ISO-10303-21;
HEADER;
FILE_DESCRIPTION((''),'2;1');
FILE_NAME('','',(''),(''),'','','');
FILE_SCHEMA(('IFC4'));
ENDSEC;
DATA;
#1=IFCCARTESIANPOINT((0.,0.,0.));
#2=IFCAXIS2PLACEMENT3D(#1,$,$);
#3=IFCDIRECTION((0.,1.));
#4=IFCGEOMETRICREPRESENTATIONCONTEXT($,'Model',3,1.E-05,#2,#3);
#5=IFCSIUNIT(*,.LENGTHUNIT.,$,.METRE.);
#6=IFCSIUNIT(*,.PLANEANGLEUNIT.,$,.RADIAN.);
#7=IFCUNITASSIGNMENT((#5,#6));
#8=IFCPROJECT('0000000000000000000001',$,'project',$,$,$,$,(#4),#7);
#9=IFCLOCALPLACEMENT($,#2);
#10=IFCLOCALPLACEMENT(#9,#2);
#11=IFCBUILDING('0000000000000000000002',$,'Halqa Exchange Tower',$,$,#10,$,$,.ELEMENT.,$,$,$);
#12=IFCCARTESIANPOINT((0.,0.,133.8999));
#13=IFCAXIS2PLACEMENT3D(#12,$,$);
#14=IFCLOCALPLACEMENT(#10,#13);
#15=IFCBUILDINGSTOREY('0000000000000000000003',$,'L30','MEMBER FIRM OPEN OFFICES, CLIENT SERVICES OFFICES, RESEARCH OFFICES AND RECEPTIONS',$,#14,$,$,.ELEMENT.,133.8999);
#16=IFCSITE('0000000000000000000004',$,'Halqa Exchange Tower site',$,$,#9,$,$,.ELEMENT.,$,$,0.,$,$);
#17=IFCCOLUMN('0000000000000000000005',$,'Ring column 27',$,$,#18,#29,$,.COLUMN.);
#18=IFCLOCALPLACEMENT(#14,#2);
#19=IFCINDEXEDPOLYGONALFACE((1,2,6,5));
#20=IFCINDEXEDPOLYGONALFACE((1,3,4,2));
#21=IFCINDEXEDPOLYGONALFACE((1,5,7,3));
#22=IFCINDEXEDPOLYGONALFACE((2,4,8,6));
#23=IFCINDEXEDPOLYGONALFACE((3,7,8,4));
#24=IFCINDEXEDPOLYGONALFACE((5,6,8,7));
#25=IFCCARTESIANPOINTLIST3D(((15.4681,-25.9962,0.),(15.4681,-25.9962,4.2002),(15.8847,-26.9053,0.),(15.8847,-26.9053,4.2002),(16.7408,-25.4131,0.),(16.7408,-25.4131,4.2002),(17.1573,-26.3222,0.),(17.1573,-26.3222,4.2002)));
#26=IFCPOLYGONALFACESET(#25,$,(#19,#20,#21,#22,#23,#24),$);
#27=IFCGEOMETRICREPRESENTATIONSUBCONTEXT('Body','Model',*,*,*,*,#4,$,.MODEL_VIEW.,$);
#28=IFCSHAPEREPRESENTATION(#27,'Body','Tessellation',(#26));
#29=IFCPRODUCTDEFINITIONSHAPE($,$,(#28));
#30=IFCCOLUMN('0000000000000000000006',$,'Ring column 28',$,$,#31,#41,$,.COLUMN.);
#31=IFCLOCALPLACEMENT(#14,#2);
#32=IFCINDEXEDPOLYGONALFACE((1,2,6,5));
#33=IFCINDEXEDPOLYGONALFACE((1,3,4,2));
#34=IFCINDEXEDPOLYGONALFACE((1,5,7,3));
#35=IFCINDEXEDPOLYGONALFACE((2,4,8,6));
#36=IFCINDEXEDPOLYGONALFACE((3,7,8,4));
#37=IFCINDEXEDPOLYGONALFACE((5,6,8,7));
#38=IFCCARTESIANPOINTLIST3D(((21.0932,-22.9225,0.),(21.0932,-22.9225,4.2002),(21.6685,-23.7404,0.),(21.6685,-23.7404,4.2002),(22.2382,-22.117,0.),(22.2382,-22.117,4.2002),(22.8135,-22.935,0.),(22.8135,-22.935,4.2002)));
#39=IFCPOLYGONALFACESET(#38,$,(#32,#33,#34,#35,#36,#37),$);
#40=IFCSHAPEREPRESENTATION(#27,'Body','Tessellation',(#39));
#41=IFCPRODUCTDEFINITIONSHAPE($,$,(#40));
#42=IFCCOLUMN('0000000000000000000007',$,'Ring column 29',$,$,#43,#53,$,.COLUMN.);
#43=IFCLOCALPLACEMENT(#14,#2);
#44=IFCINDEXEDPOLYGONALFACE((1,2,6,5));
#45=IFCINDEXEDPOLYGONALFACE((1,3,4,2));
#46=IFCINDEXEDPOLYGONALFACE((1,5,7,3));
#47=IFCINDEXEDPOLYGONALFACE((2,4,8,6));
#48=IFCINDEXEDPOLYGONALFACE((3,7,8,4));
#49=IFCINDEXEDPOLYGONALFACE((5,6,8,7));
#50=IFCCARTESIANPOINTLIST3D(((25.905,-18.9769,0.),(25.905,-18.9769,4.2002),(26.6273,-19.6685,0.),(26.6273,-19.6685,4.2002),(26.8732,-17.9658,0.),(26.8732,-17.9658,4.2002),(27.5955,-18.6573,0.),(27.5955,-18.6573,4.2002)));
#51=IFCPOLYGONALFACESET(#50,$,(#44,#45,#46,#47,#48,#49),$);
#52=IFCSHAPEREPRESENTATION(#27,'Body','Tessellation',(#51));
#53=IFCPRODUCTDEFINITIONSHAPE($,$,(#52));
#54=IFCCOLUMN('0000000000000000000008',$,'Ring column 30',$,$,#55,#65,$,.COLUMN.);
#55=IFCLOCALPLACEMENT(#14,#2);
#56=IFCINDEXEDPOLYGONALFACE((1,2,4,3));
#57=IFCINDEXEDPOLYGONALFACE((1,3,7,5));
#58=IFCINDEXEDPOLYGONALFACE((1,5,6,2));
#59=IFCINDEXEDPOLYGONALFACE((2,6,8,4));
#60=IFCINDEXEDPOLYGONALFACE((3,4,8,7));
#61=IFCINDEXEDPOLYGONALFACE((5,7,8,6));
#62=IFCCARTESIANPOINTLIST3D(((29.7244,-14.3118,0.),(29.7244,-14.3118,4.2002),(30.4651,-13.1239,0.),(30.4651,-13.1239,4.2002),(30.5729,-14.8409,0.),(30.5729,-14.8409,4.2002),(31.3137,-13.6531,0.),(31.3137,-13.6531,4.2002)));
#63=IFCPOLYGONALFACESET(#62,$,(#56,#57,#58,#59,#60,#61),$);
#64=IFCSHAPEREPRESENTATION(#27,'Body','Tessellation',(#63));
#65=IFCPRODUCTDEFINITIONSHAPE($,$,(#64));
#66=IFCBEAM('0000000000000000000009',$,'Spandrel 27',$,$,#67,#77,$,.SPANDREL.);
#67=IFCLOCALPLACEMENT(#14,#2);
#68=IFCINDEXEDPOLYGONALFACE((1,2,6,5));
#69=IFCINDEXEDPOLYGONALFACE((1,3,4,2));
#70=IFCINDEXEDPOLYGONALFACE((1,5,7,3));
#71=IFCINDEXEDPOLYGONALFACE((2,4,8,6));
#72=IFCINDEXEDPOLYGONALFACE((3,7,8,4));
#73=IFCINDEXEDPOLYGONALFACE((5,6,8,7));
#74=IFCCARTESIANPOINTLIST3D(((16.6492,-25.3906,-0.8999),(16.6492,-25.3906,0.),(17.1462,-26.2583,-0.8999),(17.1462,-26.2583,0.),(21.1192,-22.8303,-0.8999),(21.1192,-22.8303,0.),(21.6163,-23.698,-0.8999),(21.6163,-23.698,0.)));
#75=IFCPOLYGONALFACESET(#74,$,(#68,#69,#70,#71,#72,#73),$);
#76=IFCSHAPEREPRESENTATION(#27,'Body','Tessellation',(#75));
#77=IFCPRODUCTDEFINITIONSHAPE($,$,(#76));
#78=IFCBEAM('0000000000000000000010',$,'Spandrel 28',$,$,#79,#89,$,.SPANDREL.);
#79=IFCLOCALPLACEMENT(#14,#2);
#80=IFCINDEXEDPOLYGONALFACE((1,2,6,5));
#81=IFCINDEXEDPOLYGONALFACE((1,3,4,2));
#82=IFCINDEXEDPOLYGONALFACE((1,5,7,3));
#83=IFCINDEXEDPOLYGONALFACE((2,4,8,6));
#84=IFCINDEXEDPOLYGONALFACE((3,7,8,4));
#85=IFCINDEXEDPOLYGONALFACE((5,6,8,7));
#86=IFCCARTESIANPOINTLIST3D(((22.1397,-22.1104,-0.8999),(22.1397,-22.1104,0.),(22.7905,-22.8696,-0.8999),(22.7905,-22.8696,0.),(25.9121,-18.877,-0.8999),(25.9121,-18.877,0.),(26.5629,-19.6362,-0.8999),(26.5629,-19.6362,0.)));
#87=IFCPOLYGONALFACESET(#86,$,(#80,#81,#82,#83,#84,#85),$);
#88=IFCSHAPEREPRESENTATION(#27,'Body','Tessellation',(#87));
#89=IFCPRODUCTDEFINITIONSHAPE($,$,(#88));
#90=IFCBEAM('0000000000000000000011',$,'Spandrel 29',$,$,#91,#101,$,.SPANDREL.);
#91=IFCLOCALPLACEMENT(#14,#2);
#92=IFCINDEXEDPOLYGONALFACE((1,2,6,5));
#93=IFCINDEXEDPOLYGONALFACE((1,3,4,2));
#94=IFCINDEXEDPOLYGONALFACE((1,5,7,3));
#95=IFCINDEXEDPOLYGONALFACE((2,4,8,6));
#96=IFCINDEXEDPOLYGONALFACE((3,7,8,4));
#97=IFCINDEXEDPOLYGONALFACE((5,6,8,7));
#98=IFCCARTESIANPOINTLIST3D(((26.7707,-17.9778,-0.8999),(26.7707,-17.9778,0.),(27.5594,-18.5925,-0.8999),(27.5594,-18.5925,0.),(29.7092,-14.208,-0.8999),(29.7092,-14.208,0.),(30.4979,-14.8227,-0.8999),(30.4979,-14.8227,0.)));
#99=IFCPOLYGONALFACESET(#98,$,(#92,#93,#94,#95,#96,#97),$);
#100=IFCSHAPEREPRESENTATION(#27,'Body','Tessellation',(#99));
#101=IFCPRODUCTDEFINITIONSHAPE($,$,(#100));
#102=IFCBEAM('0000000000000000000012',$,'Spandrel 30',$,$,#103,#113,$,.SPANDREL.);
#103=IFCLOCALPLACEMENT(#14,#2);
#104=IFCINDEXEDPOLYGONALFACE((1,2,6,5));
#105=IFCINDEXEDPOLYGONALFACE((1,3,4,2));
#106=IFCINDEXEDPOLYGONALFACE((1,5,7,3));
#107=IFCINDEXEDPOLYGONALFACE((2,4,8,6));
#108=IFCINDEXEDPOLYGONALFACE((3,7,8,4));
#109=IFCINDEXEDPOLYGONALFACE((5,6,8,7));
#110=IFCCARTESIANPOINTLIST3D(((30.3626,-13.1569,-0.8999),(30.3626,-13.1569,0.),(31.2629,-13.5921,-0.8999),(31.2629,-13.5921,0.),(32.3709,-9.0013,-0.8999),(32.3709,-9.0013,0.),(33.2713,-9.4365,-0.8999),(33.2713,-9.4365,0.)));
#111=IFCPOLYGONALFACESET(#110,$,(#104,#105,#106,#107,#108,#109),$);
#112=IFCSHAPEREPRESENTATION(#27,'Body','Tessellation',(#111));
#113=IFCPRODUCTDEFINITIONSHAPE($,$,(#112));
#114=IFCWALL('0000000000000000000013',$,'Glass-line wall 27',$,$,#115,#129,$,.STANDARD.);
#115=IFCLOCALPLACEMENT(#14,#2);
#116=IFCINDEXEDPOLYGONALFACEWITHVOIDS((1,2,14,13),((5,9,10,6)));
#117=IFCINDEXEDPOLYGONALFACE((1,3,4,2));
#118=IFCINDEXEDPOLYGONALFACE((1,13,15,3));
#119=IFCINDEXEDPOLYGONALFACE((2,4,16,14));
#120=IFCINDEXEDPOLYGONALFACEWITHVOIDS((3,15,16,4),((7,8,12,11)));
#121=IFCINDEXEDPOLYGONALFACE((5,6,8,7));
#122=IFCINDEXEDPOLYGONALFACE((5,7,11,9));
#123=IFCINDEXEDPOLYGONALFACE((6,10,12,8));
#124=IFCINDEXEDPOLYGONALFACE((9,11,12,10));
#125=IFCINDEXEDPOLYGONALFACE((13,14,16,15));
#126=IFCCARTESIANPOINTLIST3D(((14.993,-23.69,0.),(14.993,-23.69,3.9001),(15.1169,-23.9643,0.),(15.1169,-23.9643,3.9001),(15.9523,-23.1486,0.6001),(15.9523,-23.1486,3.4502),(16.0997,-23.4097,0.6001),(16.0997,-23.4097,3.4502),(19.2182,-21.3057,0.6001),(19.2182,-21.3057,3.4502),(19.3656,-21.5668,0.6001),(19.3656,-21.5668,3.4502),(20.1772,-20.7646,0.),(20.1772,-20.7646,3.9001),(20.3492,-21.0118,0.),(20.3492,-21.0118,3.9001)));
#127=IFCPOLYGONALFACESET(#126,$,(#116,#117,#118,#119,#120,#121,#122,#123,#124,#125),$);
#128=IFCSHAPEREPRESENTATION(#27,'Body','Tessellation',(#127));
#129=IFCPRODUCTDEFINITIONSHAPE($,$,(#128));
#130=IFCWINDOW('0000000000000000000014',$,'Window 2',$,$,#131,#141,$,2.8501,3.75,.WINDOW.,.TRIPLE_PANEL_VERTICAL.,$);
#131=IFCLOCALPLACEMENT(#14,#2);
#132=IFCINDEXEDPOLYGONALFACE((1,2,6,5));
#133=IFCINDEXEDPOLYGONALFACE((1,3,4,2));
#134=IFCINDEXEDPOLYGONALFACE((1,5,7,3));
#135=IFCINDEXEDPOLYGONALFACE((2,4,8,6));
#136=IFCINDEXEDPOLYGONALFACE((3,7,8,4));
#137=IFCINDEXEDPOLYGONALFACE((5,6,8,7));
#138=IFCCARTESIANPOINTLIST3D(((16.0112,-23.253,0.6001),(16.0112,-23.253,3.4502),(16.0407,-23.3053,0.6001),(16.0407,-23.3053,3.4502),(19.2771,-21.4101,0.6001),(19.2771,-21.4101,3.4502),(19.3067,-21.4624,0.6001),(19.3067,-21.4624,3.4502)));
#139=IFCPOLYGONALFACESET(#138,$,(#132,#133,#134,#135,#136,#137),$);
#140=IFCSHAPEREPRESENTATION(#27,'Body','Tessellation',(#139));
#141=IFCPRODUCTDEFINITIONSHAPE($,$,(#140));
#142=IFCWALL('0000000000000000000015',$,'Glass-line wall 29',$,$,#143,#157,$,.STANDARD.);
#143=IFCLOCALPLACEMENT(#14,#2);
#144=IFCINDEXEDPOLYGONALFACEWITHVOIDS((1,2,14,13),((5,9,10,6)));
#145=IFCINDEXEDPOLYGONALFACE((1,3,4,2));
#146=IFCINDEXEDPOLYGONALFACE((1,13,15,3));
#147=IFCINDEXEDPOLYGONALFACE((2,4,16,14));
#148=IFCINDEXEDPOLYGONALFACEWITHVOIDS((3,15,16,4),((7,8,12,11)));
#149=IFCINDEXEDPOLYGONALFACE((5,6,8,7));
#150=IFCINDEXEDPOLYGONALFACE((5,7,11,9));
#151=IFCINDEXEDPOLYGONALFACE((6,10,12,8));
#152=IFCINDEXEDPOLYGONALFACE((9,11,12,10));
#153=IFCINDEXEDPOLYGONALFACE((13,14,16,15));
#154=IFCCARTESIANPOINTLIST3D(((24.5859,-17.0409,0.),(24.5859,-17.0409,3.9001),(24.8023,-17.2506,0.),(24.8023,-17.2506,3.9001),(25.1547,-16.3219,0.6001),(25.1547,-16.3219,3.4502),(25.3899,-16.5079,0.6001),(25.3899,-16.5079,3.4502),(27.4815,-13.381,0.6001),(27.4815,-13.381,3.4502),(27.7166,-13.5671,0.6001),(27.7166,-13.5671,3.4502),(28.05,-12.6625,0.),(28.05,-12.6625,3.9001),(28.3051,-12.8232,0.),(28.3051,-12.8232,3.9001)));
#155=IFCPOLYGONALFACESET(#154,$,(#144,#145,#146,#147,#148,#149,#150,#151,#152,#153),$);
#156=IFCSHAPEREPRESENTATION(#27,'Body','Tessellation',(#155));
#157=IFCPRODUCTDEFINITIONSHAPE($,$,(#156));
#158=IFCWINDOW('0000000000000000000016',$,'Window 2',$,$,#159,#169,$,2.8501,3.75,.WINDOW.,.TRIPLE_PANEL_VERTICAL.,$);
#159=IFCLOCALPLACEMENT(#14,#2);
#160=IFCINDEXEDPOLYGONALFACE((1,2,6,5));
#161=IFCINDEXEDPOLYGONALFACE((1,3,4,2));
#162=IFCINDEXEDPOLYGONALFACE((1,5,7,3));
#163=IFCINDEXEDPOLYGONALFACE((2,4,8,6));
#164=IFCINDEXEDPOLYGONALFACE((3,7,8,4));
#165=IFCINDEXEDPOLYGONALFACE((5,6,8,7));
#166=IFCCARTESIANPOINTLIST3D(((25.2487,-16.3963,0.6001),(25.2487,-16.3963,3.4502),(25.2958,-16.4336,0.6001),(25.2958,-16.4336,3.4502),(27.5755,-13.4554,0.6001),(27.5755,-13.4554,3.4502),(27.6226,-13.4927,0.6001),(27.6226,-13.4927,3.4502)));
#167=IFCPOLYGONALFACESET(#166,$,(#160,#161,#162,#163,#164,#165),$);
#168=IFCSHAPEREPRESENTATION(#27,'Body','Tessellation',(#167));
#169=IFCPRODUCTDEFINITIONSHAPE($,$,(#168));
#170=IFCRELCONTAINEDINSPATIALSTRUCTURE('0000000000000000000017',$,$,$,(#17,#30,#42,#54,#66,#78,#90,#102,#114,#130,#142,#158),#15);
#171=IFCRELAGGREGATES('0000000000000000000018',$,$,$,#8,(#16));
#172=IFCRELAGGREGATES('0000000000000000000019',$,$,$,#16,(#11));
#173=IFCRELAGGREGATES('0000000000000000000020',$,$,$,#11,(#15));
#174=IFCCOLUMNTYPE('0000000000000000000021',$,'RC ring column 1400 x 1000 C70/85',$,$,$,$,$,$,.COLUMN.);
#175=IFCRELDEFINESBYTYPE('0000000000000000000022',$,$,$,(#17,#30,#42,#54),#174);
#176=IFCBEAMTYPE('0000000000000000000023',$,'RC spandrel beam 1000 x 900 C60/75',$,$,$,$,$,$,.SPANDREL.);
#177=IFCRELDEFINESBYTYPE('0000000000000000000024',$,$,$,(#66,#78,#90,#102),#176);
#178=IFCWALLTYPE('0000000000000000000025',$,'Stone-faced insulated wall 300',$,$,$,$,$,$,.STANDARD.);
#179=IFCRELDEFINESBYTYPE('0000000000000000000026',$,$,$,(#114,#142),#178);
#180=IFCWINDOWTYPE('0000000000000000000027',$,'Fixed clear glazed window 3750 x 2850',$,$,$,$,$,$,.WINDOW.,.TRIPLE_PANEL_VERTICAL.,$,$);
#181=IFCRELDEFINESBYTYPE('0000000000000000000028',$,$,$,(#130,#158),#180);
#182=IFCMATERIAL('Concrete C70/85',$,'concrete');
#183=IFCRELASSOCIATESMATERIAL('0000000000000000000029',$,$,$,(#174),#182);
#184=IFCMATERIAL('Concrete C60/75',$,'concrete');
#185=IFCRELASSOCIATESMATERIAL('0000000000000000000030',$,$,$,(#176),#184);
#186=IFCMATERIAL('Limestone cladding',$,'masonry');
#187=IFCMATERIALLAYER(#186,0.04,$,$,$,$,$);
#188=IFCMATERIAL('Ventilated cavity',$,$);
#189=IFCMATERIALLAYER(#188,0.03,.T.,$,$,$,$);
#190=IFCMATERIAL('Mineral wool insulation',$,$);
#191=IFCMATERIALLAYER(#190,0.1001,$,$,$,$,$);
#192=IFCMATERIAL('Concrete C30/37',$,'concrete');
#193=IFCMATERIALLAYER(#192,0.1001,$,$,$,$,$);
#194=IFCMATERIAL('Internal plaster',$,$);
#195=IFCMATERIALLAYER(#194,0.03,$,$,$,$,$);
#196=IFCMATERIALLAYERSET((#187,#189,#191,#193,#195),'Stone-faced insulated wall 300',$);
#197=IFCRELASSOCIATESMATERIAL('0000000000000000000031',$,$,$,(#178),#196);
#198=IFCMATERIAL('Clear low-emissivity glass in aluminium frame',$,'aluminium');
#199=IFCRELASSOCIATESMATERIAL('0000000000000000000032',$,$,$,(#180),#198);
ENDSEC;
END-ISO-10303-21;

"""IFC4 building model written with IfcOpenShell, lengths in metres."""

from ifc_helpers import new_model, si_unit, direction, frame, frame_2d, origin, origin_2d, place, context, subcontext, project, spatial, polyline, rectangle, outline, extrude, material, layer, layer_set, material_profile, profile_set, type_object, element, fill, save


model = new_model("IFC4")

# Units and contexts
model_context = context("Model", 3, precision=1e-05, world=origin(), true_north=direction((0.0, 1.0)))
body_context = subcontext(model_context, "Body", "Model", "MODEL_VIEW")
ifc_project = project(units=[si_unit("LENGTHUNIT", "METRE"), si_unit("PLANEANGLEUNIT", "RADIAN")], contexts=[model_context])

# Site, building, storey
site_placement = place(None, origin())
site = spatial("IfcSite", under=ifc_project, at=site_placement, Name="Halqa Exchange Tower site", CompositionType="ELEMENT", RefElevation=0.0)
building_placement = place(site_placement, origin())
building = spatial("IfcBuilding", under=site, at=building_placement, Name="Halqa Exchange Tower", CompositionType="ELEMENT")
storey_placement = place(building_placement, frame((0.0, 0.0, 133.8999)))
storey = spatial("IfcBuildingStorey", under=building, at=storey_placement, Name="L30", Description="MEMBER FIRM OPEN OFFICES, CLIENT SERVICES OFFICES, RESEARCH OFFICES AND RECEPTIONS", CompositionType="ELEMENT", Elevation=133.8999)

# Columns
ifc_material_1 = material(Name="Concrete C70/85", Category="concrete")
ifc_material_profile_1 = material_profile(ifc_material_1, rectangle(XDim=1.3999, YDim=1.0, at=origin_2d()), Name="1400 x 1000")
ifc_profile_set_1 = profile_set([ifc_material_profile_1], Name="Concrete C70/85")
column_type = type_object("IfcColumnType", Name="RC ring column 1400 x 1000 C70/85", PredefinedType="COLUMN", material=ifc_profile_set_1)
for number, where, z_axis, x_axis, name in (
    (1, (16.3127, -26.1592, 0.0), (0.0, 0.0, 1.0), (0.909126, 0.41652, 0.0), "Ring column 27"),
    (2, (21.9534, -22.9287, 0.0), (0.0, 0.0, 1.0), (0.81791, 0.575346, 0.0), "Ring column 28"),
    (3, (26.7502, -18.8171, 0.0), (0.0, 0.0, 1.0), (0.691571, 0.722308, 0.0), "Ring column 29"),
    (4, (30.519, -13.9824, 0.0), (0.0, 0.0, 1.0), (0.529138, 0.848536, 0.0), "Ring column 30"),
):
    element("IfcColumn", number, at=place(storey_placement, frame(where, z_axis=z_axis, x_axis=x_axis)), inside=storey, type_object=column_type, Name=name, PredefinedType="COLUMN", context=body_context, shape_type="SweptSolid", body=[
        extrude(rectangle(XDim=1.3999, YDim=1.0, at=origin_2d()), origin(), (0.0, 0.0, 1.0), 4.2002),
    ])

# Beams
ifc_material_2 = material(Name="Concrete C60/75", Category="concrete")
ifc_material_profile_2 = material_profile(ifc_material_2, rectangle(XDim=1.0, YDim=0.8999, at=origin_2d()), Name="1000 x 900")
ifc_profile_set_2 = profile_set([ifc_material_profile_2], Name="Concrete C60/75")
beam_type = type_object("IfcBeamType", Name="RC spandrel beam 1000 x 900 C60/75", PredefinedType="SPANDREL", material=ifc_profile_set_2)
beam_1_placement = place(storey_placement, frame((16.8977, -25.8245, -0.45), z_axis=(0.867738, 0.497022, 0.0), x_axis=(-0.497022, 0.867738, 0.0)))
element("IfcBeam", 5, at=beam_1_placement, inside=storey, type_object=beam_type, Name="Spandrel 27", PredefinedType="SPANDREL", context=body_context, shape_type="SweptSolid", body=[
    extrude(rectangle(XDim=1.0, YDim=0.8999, at=origin_2d()), origin(), (0.0, 0.0, 1.0), 5.1514),
])
beam_2_placement = place(storey_placement, frame((22.4651, -22.49, -0.45), z_axis=(0.75927, 0.650775, 0.0), x_axis=(-0.650775, 0.75927, 0.0)))
element("IfcBeam", 6, at=beam_2_placement, inside=storey, type_object=beam_type, Name="Spandrel 28", PredefinedType="SPANDREL", context=body_context, shape_type="SweptSolid", body=[
    extrude(rectangle(XDim=1.0, YDim=0.8999, at=origin_2d()), origin(), (0.0, 0.0, 1.0), 4.9685),
])
beam_3_placement = place(storey_placement, frame((27.165, -18.2852, -0.45), z_axis=(0.614778, 0.7887, 0.0), x_axis=(-0.7887, 0.614778, 0.0)))
element("IfcBeam", 7, at=beam_3_placement, inside=storey, type_object=beam_type, Name="Spandrel 29", PredefinedType="SPANDREL", context=body_context, shape_type="SweptSolid", body=[
    extrude(rectangle(XDim=1.0, YDim=0.8999, at=origin_2d()), origin(), (0.0, 0.0, 1.0), 4.7798),
])
beam_4_placement = place(storey_placement, frame((30.8127, -13.3745, -0.45), z_axis=(0.435134, 0.900366, 0.0), x_axis=(-0.900366, 0.435134, 0.0)))
element("IfcBeam", 8, at=beam_4_placement, inside=storey, type_object=beam_type, Name="Spandrel 30", PredefinedType="SPANDREL", context=body_context, shape_type="SweptSolid", body=[
    extrude(rectangle(XDim=1.0, YDim=0.8999, at=origin_2d()), origin(), (0.0, 0.0, 1.0), 4.6155),
])

# Wall, opening, window
ifc_material_3 = material(Name="Limestone cladding", Category="masonry")
ifc_layer_1 = layer(ifc_material_3, 0.04)
ifc_material_4 = material(Name="Ventilated cavity")
ifc_layer_2 = layer(ifc_material_4, 0.03, ventilated=True)
ifc_material_5 = material(Name="Mineral wool insulation")
ifc_layer_3 = layer(ifc_material_5, 0.1001)
ifc_material_6 = material(Name="Concrete C30/37", Category="concrete")
ifc_layer_4 = layer(ifc_material_6, 0.1001)
ifc_material_7 = material(Name="Internal plaster")
ifc_layer_5 = layer(ifc_material_7, 0.03)
ifc_layer_set_1 = layer_set([ifc_layer_1, ifc_layer_2, ifc_layer_3, ifc_layer_4, ifc_layer_5], Name="Stone-faced insulated wall 300")
wall_type_1 = type_object("IfcWallType", Name="Stone-faced insulated wall 300", PredefinedType="STANDARD", material=ifc_layer_set_1)
wall_1_placement = place(storey_placement, frame((15.0549, -23.8271, 0.0), z_axis=(0.0, 0.0, 1.0), x_axis=(0.870909, 0.491445, 0.0)))
wall_1 = element("IfcWall", 9, at=wall_1_placement, inside=storey, type_object=wall_type_1, Name="Glass-line wall 27", PredefinedType="STANDARD", context=body_context, shape_type="SweptSolid", body=[
    extrude(outline(polyline([(-0.0134, -0.1499), (5.9944, -0.1499), (5.9661, 0.1499), (0.0134, 0.1499), (-0.0134, -0.1499)])), origin(), (0.0, 0.0, 1.0), 3.9001),
])
opening_1_placement = place(wall_1_placement, frame((1.115, 0.0, 0.6001)))
opening_1 = element("IfcOpeningElement", 10, at=opening_1_placement, cuts=wall_1, PredefinedType="OPENING", context=body_context, shape_type="SweptSolid", body=[
    extrude(rectangle(XDim=3.75, YDim=2.8501, at=frame_2d((1.875, 1.425))), frame((0.0, 0.1621, 0.0), z_axis=(0.0, -1.0, 0.0), x_axis=(1.0, 0.0, 0.0)), (0.0, 0.0, 1.0), 0.324),
])
ifc_material_8 = material(Name="Clear low-emissivity glass in aluminium frame", Category="aluminium")
window_type = type_object("IfcWindowType", Name="Fixed clear glazed window 3750 x 2850", PartitioningType="TRIPLE_PANEL_VERTICAL", PredefinedType="WINDOW", material=ifc_material_8)
window_1_placement = place(opening_1_placement, origin())
window_1 = element("IfcWindow", 11, at=window_1_placement, inside=storey, type_object=window_type, Name="Window 2", OverallHeight=2.8501, OverallWidth=3.75, PartitioningType="TRIPLE_PANEL_VERTICAL", PredefinedType="WINDOW", context=body_context, shape_type="SweptSolid", body=[
    extrude(rectangle(XDim=3.75, YDim=2.8501, at=frame_2d((1.875, 1.425))), frame((0.0, 0.03, 0.0), z_axis=(0.0, -1.0, 0.0), x_axis=(1.0, 0.0, 0.0)), (0.0, 0.0, 1.0), 0.0601),
])
fill(opening_1, window_1)

# Wall, opening, window
wall_2_placement = place(storey_placement, frame((24.6941, -17.1458, 0.0), z_axis=(0.0, 0.0, 1.0), x_axis=(0.620465, 0.784234, 0.0)))
wall_2 = element("IfcWall", 12, at=wall_2_placement, inside=storey, type_object=wall_type_1, Name="Glass-line wall 29", PredefinedType="STANDARD", context=body_context, shape_type="SweptSolid", body=[
    extrude(outline(polyline([(-0.0151, -0.1499), (5.6304, -0.1499), (5.5981, 0.1499), (0.0151, 0.1499), (-0.0151, -0.1499)])), origin(), (0.0, 0.0, 1.0), 3.9001),
])
opening_2_placement = place(wall_2_placement, frame((0.9319, 0.0, 0.6001)))
opening_2 = element("IfcOpeningElement", 13, at=opening_2_placement, cuts=wall_2, PredefinedType="OPENING", context=body_context, shape_type="SweptSolid", body=[
    extrude(rectangle(XDim=3.75, YDim=2.8501, at=frame_2d((1.875, 1.425))), frame((0.0, 0.1621, 0.0), z_axis=(0.0, -1.0, 0.0), x_axis=(1.0, 0.0, 0.0)), (0.0, 0.0, 1.0), 0.324),
])
window_2_placement = place(opening_2_placement, origin())
window_2 = element("IfcWindow", 14, at=window_2_placement, inside=storey, type_object=window_type, Name="Window 2", OverallHeight=2.8501, OverallWidth=3.75, PartitioningType="TRIPLE_PANEL_VERTICAL", PredefinedType="WINDOW", context=body_context, shape_type="SweptSolid", body=[
    extrude(rectangle(XDim=3.75, YDim=2.8501, at=frame_2d((1.875, 1.425))), frame((0.0, 0.03, 0.0), z_axis=(0.0, -1.0, 0.0), x_axis=(1.0, 0.0, 0.0)), (0.0, 0.0, 1.0), 0.0601),
])
fill(opening_2, window_2)

save(model, "model.ifc")
